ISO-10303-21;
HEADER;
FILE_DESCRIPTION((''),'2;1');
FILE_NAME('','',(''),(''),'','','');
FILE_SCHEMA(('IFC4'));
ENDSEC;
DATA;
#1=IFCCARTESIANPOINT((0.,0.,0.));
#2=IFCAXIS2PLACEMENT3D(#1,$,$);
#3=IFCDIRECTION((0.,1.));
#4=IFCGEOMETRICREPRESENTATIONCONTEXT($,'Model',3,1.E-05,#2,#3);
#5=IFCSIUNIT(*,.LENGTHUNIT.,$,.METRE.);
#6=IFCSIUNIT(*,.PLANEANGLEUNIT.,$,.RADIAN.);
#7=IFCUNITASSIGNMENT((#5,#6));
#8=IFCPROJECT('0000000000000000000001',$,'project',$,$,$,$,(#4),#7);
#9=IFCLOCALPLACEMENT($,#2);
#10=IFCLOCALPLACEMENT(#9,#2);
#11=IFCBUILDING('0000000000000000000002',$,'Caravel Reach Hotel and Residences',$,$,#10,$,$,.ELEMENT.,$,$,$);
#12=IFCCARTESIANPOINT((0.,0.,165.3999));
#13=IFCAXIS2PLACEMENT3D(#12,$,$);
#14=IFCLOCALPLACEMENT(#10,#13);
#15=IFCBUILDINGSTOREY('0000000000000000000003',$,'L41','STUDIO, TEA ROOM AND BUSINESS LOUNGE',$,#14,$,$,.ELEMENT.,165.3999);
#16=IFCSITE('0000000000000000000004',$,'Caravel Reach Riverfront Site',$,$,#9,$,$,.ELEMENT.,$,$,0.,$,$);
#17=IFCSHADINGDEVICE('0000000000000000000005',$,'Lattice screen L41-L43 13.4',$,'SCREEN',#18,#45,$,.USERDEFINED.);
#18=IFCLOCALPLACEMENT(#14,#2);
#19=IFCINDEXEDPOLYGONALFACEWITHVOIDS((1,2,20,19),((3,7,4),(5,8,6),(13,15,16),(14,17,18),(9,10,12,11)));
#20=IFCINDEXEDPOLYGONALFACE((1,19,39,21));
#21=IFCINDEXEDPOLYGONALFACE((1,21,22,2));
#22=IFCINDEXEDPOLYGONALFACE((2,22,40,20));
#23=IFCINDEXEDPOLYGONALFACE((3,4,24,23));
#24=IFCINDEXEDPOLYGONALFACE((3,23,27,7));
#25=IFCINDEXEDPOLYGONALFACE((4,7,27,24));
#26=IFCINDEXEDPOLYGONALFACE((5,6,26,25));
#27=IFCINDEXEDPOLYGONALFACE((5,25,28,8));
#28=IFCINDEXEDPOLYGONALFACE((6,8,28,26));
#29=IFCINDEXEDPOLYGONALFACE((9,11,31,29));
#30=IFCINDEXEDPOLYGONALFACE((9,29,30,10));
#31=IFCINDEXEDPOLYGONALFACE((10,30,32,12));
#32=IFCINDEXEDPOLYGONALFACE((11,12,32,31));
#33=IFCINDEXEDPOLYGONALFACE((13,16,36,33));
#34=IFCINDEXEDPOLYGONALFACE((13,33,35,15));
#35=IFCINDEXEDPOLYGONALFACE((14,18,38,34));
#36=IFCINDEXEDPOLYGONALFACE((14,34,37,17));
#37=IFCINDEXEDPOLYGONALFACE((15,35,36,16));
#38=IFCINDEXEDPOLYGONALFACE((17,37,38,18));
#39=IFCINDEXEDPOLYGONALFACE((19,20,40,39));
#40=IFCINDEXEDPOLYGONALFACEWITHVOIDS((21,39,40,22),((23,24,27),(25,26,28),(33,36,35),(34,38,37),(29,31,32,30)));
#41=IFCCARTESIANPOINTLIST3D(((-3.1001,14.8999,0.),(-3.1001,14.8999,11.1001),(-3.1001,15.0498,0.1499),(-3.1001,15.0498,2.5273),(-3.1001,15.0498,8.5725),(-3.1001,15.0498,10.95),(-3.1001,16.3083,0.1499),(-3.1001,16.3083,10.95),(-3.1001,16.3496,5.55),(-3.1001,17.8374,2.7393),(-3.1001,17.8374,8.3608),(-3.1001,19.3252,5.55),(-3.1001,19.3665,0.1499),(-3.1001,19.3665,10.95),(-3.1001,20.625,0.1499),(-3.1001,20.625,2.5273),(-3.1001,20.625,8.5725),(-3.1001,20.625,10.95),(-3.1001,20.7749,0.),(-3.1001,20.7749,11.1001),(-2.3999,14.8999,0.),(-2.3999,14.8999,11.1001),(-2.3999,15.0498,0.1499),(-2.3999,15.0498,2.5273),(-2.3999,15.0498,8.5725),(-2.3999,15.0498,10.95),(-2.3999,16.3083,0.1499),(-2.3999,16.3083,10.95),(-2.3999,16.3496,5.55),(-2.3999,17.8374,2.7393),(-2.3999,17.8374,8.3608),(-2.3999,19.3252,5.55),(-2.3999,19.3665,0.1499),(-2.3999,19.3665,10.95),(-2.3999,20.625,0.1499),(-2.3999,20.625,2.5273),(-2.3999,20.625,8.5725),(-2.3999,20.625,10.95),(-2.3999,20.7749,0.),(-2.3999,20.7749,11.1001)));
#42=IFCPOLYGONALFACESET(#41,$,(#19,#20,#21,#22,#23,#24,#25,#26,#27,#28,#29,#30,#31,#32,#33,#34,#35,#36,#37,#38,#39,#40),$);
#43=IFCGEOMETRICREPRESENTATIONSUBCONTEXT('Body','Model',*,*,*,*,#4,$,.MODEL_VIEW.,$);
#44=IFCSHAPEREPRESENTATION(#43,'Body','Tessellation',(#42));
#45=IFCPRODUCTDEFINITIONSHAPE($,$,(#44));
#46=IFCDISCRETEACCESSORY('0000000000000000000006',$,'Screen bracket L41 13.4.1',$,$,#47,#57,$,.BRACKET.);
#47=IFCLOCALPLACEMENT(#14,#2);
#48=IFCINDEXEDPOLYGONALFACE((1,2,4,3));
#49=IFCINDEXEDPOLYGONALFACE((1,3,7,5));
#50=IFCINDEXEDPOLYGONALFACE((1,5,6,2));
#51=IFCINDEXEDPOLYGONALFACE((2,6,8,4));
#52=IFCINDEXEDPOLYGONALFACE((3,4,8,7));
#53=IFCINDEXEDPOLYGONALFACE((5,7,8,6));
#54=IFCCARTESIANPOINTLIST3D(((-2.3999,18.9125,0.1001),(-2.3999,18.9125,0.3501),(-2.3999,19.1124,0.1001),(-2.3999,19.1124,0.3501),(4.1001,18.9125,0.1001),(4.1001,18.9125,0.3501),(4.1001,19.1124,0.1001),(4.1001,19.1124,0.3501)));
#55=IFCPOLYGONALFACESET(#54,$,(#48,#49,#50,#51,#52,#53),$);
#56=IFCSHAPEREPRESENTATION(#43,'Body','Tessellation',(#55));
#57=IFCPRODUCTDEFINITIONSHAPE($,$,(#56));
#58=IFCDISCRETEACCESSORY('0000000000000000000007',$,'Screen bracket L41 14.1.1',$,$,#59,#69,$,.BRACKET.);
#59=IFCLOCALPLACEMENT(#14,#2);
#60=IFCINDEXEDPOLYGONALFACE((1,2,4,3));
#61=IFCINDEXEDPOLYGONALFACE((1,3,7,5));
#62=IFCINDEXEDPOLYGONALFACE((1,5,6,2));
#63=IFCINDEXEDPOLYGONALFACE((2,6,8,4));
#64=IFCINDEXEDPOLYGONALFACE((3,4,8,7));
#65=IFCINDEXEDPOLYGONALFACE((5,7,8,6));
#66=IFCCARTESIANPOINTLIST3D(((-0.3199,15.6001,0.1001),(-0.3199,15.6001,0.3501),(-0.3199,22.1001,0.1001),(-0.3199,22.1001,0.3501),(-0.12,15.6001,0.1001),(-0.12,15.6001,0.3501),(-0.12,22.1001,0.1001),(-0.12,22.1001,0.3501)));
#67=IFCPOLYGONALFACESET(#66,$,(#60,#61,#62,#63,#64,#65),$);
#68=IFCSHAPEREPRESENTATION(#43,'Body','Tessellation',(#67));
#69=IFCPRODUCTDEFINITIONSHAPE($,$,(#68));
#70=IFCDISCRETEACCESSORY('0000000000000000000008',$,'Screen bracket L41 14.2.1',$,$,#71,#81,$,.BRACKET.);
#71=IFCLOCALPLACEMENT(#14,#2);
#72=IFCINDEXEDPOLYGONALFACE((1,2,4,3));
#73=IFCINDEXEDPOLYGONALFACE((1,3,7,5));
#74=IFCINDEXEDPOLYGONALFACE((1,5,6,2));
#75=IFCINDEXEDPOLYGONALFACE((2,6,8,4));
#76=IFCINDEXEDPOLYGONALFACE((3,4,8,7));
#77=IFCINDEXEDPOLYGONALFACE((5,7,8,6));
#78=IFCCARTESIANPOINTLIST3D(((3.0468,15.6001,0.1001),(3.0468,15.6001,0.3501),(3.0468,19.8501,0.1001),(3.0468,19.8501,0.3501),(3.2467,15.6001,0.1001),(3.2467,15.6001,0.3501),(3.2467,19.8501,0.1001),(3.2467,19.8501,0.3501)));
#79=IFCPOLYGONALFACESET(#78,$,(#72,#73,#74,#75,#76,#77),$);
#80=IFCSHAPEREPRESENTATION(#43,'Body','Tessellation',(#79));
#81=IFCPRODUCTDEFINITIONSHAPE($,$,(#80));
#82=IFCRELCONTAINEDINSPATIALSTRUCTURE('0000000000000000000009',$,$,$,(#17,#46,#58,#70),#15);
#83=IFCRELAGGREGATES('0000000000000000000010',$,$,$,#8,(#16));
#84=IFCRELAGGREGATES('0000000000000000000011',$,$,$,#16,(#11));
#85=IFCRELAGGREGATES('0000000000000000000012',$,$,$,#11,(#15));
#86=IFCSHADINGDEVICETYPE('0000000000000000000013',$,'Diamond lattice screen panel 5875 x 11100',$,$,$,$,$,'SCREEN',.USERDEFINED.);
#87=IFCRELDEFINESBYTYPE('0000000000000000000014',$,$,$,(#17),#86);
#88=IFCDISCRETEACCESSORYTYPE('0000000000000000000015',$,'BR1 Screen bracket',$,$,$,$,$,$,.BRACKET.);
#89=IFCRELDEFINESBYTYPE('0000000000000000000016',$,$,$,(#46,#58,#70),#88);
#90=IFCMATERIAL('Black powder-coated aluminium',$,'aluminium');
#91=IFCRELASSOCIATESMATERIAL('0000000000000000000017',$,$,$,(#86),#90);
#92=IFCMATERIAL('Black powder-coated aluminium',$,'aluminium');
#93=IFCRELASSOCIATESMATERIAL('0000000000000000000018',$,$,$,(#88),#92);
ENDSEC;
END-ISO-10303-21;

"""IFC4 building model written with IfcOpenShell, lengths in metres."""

from ifc_helpers import new_model, si_unit, direction, frame, origin, origin_2d, place, context, subcontext, project, spatial, polyline, rectangle, outline, extrude, material, type_object, element, save


model = new_model("IFC4")

# Units and contexts
model_context = context("Model", 3, precision=1e-05, world=origin(), true_north=direction((0.0, 1.0)))
body_context = subcontext(model_context, "Body", "Model", "MODEL_VIEW")
ifc_project = project(units=[si_unit("LENGTHUNIT", "METRE"), si_unit("PLANEANGLEUNIT", "RADIAN")], contexts=[model_context])

# Site, building, storey
site_placement = place(None, origin())
site = spatial("IfcSite", under=ifc_project, at=site_placement, Name="Caravel Reach Riverfront Site", CompositionType="ELEMENT", RefElevation=0.0)
building_placement = place(site_placement, origin())
building = spatial("IfcBuilding", under=site, at=building_placement, Name="Caravel Reach Hotel and Residences", CompositionType="ELEMENT")
storey_placement = place(building_placement, frame((0.0, 0.0, 165.3999)))
storey = spatial("IfcBuildingStorey", under=building, at=storey_placement, Name="L41", Description="STUDIO, TEA ROOM AND BUSINESS LOUNGE", CompositionType="ELEMENT", Elevation=165.3999)

# Shading device
ifc_material_1 = material(Name="Black powder-coated aluminium", Category="aluminium")
shading_device_type = type_object("IfcShadingDeviceType", Name="Diamond lattice screen panel 5875 x 11100", ElementType="SCREEN", PredefinedType="USERDEFINED", material=ifc_material_1)
shading_device_placement = place(storey_placement, frame((-2.3999, 20.7749, 0.0), z_axis=(-1.0, 0.0, 0.0), x_axis=(0.0, -1.0, 0.0)))
element("IfcShadingDevice", 1, at=shading_device_placement, inside=storey, type_object=shading_device_type, Name="Lattice screen L41-L43 13.4", ObjectType="SCREEN", PredefinedType="USERDEFINED", context=body_context, shape_type="SweptSolid", body=[
    extrude(outline(polyline([(0.0, 0.0), (5.875, 0.0), (5.875, 11.1001), (0.0, 11.1001), (0.0, 0.0)]), holes=[polyline([(1.4084, 0.1499), (0.1499, 2.5273), (0.1499, 0.1499), (1.4084, 0.1499)]), polyline([(0.1499, 8.5725), (1.4084, 10.95), (0.1499, 10.95), (0.1499, 8.5725)]), polyline([(2.9375, 8.3608), (1.4497, 5.55), (2.9375, 2.7393), (4.4253, 5.55), (2.9375, 8.3608)]), polyline([(5.7251, 2.5273), (4.4666, 0.1499), (5.7251, 0.1499), (5.7251, 2.5273)]), polyline([(4.4666, 10.95), (5.7251, 8.5725), (5.7251, 10.95), (4.4666, 10.95)])]), origin(), (0.0, 0.0, 1.0), 0.7002),
])

# Discrete accessories
ifc_material_2 = material(Name="Black powder-coated aluminium", Category="aluminium")
discrete_accessory_type = type_object("IfcDiscreteAccessoryType", Name="BR1 Screen bracket", PredefinedType="BRACKET", material=ifc_material_2)
for number, where, z_axis, x_axis, name in (
    (2, (0.8501, 19.0125, 0.1001), (0.0, 0.0, 1.0), (-1.0, 0.0, 0.0), "Screen bracket L41 13.4.1"),
    (3, (-0.22, 18.8501, 0.1001), (0.0, 0.0, 1.0), (0.0, -1.0, 0.0), "Screen bracket L41 14.1.1"),
):
    element("IfcDiscreteAccessory", number, at=place(storey_placement, frame(where, z_axis=z_axis, x_axis=x_axis)), inside=storey, type_object=discrete_accessory_type, Name=name, PredefinedType="BRACKET", context=body_context, shape_type="SweptSolid", body=[
        extrude(rectangle(XDim=6.5, YDim=0.2, at=origin_2d()), origin(), (0.0, 0.0, 1.0), 0.25),
    ])
discrete_accessory_placement = place(storey_placement, frame((3.1467, 17.7251, 0.1001), z_axis=(0.0, 0.0, 1.0), x_axis=(0.0, -1.0, 0.0)))
element("IfcDiscreteAccessory", 4, at=discrete_accessory_placement, inside=storey, type_object=discrete_accessory_type, Name="Screen bracket L41 14.2.1", PredefinedType="BRACKET", context=body_context, shape_type="SweptSolid", body=[
    extrude(rectangle(XDim=4.25, YDim=0.2, at=origin_2d()), origin(), (0.0, 0.0, 1.0), 0.25),
])

save(model, "model.ifc")
